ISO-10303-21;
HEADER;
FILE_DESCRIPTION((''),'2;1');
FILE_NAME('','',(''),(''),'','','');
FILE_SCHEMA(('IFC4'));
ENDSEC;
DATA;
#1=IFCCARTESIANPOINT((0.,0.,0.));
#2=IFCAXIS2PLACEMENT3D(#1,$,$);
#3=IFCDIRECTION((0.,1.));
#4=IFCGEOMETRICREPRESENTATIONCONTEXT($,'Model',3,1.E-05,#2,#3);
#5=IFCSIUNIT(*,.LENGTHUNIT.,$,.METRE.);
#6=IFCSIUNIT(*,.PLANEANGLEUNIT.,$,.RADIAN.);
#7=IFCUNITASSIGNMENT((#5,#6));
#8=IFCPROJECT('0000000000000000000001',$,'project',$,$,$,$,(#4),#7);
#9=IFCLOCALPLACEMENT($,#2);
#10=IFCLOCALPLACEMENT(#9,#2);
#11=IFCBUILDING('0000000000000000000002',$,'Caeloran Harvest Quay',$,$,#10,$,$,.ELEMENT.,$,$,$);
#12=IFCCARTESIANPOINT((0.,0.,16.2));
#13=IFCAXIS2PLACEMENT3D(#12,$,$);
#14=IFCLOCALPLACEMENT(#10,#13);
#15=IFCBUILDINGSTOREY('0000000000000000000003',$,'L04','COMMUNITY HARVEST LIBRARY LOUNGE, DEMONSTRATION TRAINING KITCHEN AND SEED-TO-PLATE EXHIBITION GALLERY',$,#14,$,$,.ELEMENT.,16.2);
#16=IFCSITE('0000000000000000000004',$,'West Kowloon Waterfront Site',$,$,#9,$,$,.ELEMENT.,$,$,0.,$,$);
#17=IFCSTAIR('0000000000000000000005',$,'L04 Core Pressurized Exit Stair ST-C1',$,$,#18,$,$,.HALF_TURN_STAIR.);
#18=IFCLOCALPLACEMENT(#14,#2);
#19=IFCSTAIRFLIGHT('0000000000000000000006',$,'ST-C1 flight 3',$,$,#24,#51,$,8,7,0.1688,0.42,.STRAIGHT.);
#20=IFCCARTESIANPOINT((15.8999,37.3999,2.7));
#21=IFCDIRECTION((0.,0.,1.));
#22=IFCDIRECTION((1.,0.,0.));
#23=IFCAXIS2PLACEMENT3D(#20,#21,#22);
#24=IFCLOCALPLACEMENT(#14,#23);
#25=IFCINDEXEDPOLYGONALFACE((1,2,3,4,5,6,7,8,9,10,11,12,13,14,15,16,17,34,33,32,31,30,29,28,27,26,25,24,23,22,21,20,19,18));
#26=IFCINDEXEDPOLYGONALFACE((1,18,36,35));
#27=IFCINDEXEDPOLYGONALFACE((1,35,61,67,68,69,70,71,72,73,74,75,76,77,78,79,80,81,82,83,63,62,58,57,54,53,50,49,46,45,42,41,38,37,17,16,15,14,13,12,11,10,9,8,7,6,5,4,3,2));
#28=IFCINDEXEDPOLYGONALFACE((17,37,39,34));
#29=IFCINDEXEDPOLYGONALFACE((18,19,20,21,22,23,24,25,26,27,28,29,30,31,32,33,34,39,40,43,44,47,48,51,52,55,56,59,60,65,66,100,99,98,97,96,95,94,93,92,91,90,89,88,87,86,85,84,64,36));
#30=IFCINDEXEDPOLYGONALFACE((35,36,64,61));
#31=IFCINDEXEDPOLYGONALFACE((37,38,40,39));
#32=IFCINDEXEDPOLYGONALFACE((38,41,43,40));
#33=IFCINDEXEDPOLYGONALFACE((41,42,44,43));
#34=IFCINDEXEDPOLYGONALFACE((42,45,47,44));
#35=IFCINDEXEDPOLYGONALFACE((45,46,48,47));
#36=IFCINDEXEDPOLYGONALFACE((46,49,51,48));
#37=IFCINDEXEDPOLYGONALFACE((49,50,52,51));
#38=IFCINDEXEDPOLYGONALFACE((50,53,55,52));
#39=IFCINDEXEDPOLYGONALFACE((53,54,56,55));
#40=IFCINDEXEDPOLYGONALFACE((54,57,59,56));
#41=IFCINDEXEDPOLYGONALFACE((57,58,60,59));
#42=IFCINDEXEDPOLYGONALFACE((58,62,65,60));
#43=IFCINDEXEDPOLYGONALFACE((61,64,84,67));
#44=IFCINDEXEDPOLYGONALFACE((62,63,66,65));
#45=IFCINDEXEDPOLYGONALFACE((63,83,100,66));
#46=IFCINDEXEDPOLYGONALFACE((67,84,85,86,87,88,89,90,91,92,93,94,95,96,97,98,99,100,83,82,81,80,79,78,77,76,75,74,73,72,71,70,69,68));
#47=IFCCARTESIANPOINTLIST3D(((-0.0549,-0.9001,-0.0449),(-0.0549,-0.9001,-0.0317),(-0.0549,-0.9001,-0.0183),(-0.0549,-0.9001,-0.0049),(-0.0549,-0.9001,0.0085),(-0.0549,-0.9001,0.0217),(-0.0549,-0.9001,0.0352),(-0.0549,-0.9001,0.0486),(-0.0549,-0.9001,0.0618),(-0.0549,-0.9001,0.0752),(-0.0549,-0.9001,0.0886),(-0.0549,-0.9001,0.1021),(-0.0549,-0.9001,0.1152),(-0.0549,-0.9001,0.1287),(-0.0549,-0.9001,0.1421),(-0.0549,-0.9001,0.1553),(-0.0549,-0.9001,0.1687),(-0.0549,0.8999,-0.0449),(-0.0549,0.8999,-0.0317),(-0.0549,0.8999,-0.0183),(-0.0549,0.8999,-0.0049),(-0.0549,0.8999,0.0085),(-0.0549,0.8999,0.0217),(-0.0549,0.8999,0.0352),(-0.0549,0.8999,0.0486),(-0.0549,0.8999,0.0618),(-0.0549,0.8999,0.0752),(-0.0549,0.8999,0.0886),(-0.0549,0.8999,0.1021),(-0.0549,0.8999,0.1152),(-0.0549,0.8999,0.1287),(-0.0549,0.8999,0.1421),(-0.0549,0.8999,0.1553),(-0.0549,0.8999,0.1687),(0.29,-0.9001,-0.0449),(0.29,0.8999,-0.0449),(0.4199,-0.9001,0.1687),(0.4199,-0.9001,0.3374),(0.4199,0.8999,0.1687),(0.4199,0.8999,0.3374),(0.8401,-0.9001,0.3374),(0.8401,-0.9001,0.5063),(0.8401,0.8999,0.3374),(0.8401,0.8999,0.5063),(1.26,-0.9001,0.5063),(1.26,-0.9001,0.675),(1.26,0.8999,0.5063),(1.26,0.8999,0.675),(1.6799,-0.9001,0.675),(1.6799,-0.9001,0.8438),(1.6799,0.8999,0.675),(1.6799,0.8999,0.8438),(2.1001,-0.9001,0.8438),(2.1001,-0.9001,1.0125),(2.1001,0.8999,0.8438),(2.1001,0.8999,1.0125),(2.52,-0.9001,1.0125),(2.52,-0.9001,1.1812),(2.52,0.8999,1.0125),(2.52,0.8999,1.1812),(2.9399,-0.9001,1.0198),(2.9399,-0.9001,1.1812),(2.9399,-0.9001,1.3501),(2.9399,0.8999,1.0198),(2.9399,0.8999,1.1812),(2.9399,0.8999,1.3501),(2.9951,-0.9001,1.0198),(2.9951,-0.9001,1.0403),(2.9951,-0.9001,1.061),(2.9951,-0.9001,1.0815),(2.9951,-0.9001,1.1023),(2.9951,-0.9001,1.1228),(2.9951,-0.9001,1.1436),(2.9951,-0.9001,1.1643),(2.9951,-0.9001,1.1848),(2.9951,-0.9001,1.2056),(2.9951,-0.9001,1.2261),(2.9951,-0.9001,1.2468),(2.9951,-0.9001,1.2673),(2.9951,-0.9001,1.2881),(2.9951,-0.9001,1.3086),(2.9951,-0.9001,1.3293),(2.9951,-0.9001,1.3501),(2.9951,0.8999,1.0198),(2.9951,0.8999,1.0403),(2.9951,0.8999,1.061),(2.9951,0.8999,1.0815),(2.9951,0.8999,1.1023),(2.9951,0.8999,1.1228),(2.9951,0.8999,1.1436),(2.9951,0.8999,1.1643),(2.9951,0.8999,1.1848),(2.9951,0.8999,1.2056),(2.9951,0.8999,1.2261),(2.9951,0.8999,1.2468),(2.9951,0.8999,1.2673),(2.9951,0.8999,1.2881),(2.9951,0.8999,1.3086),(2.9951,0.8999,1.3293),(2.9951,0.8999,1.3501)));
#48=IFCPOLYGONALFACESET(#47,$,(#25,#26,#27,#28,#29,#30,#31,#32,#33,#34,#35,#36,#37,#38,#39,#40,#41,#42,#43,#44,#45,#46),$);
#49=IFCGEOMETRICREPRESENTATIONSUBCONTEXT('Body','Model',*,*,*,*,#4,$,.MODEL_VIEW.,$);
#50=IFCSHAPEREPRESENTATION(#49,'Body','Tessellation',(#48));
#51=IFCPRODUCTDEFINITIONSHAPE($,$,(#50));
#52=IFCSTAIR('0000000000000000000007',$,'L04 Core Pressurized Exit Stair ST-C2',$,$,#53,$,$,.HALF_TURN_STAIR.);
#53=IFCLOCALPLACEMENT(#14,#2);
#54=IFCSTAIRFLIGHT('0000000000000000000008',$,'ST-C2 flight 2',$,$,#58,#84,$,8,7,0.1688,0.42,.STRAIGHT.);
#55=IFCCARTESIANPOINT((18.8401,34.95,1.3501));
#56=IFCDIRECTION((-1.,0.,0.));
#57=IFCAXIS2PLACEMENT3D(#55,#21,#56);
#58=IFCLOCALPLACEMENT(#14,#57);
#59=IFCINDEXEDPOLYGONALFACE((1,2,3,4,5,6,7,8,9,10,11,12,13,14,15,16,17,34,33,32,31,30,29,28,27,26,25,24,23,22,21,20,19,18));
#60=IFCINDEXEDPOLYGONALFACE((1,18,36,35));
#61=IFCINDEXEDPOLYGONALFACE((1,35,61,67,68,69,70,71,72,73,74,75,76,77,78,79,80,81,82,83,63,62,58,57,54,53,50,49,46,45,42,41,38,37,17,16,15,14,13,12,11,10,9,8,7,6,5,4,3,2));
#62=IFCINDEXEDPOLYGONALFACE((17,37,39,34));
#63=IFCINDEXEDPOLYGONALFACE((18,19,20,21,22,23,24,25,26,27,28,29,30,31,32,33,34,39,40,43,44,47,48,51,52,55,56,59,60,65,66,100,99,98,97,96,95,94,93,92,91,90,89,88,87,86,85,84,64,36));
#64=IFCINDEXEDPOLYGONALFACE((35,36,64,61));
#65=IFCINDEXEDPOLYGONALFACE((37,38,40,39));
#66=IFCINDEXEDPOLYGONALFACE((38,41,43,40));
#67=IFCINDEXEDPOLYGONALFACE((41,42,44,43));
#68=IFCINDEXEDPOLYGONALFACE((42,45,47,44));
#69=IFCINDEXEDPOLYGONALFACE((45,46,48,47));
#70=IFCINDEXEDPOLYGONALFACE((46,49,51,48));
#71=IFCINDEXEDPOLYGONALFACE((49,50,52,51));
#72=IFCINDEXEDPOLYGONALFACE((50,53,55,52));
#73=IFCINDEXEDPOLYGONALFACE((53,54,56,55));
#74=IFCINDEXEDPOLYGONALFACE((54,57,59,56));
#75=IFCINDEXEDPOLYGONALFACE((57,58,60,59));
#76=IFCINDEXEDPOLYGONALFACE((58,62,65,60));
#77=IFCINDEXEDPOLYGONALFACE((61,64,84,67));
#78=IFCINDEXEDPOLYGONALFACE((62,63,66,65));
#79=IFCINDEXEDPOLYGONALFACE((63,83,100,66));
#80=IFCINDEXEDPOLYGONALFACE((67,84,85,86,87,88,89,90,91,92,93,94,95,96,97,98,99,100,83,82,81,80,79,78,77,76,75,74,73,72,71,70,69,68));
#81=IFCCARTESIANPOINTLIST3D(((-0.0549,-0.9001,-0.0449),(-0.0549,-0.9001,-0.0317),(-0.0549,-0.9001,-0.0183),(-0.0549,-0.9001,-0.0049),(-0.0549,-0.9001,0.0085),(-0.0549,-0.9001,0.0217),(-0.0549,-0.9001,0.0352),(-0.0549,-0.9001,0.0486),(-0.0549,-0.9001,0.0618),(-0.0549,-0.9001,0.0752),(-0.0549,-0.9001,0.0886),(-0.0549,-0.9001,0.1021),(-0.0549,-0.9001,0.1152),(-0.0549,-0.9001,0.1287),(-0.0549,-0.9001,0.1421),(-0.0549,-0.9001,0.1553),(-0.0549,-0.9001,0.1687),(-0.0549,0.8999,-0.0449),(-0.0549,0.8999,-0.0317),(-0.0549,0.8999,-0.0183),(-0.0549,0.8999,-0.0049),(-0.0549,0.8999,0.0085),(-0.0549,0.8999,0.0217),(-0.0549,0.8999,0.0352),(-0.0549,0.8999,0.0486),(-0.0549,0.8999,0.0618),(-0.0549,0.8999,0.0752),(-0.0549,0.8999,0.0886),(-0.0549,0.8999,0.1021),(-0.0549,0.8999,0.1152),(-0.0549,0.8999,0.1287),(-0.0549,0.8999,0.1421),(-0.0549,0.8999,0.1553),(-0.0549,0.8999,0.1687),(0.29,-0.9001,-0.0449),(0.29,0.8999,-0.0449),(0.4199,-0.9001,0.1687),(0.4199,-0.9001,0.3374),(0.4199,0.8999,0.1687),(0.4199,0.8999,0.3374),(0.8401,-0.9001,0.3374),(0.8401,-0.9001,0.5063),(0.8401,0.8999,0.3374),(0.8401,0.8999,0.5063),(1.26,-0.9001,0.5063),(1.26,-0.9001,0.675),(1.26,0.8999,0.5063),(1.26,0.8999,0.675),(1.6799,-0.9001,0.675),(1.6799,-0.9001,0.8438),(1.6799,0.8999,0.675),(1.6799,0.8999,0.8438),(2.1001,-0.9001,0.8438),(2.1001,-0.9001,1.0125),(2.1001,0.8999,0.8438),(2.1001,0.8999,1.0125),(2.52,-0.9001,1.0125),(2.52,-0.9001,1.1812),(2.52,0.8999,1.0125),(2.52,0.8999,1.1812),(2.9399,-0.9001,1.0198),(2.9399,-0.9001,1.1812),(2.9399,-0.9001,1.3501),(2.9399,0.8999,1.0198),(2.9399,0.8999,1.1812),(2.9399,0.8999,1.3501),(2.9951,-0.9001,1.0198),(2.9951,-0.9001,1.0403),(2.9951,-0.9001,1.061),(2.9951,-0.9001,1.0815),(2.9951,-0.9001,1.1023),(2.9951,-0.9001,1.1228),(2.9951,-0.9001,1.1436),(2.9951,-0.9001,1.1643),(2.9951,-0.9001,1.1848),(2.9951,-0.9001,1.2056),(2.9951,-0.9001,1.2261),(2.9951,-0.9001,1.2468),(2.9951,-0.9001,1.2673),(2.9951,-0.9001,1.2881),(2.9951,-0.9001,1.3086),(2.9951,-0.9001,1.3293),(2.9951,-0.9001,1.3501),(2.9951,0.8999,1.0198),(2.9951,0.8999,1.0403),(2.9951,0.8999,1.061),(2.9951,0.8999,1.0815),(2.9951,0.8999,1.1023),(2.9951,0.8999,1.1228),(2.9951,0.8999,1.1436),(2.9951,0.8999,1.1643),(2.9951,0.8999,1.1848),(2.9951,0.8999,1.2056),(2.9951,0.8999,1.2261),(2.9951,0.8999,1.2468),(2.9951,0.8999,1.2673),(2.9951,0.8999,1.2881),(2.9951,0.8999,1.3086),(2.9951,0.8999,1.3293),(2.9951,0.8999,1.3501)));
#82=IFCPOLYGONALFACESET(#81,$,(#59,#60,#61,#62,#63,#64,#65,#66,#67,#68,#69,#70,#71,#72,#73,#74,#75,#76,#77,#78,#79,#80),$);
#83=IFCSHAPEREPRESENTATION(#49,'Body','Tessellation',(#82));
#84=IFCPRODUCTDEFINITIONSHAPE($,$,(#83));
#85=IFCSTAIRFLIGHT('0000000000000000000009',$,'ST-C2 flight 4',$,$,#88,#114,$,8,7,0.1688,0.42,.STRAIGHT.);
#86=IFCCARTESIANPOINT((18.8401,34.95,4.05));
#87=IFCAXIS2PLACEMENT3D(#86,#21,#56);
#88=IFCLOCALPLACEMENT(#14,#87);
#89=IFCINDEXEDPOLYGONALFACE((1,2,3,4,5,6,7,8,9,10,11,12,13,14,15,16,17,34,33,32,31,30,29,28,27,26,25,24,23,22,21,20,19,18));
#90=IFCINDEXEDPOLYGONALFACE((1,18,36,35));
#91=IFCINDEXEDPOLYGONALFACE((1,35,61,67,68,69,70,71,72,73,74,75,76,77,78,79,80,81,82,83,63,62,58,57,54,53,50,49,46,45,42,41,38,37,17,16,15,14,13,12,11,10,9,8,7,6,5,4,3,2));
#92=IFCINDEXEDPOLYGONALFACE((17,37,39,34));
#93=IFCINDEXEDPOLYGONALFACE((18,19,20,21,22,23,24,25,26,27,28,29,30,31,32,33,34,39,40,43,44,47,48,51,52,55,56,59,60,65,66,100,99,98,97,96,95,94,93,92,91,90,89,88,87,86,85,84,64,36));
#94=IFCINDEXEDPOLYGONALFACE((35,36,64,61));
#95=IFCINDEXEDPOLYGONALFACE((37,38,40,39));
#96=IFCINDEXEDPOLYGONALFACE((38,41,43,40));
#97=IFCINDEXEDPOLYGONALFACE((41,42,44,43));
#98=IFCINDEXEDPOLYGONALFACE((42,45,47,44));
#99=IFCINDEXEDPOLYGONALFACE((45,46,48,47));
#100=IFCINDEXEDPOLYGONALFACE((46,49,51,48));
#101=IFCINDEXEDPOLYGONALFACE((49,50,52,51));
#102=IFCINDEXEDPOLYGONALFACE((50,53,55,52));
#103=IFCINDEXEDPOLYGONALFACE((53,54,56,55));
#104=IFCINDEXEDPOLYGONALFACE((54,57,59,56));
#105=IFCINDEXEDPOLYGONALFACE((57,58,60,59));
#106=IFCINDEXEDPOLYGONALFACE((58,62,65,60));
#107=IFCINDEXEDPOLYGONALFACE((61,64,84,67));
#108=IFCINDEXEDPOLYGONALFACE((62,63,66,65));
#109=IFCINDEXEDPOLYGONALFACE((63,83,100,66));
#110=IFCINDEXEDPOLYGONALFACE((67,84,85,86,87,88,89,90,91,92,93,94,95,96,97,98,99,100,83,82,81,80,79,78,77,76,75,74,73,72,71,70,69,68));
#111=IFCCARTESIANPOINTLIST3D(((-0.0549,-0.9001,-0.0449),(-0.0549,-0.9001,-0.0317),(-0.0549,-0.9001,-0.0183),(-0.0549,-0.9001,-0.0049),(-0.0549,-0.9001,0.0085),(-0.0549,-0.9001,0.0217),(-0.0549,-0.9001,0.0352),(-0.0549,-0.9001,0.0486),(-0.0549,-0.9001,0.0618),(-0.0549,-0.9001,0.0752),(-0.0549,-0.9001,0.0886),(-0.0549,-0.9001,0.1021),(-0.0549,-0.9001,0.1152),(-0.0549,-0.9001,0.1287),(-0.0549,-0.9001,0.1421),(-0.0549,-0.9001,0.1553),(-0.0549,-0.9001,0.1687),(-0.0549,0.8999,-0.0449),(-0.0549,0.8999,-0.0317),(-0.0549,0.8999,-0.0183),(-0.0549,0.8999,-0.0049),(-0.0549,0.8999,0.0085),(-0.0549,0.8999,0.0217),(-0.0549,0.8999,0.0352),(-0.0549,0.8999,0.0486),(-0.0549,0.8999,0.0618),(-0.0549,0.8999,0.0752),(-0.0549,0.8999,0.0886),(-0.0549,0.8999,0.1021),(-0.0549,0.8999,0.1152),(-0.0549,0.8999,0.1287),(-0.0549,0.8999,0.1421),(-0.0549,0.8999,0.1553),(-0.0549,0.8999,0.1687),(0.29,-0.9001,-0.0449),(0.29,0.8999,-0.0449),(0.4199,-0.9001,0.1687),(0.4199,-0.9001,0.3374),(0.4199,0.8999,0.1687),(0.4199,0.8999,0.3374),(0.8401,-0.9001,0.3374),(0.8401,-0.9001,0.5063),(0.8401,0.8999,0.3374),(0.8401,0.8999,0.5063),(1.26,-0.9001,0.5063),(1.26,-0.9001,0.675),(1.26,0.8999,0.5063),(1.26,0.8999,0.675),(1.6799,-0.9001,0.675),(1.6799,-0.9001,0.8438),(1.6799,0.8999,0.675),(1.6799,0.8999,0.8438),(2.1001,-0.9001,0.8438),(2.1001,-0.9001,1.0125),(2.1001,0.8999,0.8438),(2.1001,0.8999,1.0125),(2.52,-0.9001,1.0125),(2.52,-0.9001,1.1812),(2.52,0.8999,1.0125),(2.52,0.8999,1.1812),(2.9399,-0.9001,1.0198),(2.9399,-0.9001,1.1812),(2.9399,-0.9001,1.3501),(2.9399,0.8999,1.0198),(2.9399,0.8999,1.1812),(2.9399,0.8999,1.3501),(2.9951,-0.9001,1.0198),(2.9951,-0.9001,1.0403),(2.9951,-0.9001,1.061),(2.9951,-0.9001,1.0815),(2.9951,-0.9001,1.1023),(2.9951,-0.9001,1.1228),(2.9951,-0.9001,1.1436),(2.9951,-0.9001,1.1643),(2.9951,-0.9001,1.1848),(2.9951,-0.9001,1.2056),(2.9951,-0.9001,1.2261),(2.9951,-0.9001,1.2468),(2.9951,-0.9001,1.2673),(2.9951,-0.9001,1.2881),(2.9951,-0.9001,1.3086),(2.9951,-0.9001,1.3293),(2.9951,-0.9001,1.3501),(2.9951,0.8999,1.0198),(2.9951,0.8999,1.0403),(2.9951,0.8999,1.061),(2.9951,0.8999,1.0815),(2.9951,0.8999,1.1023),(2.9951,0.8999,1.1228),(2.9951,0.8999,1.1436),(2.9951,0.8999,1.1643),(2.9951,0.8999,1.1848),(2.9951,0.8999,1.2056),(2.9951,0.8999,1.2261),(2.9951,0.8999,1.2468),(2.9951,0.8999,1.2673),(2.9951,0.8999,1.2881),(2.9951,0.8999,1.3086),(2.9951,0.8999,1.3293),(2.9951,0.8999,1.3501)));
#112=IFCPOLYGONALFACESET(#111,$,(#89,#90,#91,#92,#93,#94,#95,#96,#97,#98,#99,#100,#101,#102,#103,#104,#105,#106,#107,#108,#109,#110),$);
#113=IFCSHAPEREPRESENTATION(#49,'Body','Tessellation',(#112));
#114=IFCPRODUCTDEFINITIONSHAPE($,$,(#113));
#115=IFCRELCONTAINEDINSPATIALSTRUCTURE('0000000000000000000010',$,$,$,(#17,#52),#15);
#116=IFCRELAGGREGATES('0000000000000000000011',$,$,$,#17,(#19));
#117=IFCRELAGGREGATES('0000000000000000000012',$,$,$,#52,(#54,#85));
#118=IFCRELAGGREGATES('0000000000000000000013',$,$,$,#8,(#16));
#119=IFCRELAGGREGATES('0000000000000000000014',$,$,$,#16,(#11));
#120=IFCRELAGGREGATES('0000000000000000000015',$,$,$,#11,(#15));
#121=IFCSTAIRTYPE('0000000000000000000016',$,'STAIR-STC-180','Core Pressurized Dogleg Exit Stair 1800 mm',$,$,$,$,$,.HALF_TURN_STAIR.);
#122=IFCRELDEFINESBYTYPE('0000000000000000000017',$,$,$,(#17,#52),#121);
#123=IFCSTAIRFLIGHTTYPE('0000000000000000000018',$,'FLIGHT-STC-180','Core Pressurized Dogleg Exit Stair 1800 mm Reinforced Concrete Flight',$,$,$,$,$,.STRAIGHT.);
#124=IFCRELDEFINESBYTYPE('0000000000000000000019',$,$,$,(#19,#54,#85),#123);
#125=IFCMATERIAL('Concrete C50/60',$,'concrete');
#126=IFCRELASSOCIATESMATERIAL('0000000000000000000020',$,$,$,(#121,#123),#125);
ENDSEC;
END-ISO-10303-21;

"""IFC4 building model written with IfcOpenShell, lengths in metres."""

from ifc_helpers import new_model, si_unit, direction, frame, origin, place, context, subcontext, project, spatial, polyline, outline, extrude, material, type_object, element, aggregate, save


model = new_model("IFC4")

# Units and contexts
model_context = context("Model", 3, precision=1e-05, world=origin(), true_north=direction((0.0, 1.0)))
body_context = subcontext(model_context, "Body", "Model", "MODEL_VIEW")
ifc_project = project(units=[si_unit("LENGTHUNIT", "METRE"), si_unit("PLANEANGLEUNIT", "RADIAN")], contexts=[model_context])

# Site, building, storey
site_placement = place(None, origin())
site = spatial("IfcSite", under=ifc_project, at=site_placement, Name="West Kowloon Waterfront Site", CompositionType="ELEMENT", RefElevation=0.0)
building_placement = place(site_placement, origin())
building = spatial("IfcBuilding", under=site, at=building_placement, Name="Caeloran Harvest Quay", CompositionType="ELEMENT")
storey_placement = place(building_placement, frame((0.0, 0.0, 16.2)))
storey = spatial("IfcBuildingStorey", under=building, at=storey_placement, Name="L04", Description="COMMUNITY HARVEST LIBRARY LOUNGE, DEMONSTRATION TRAINING KITCHEN AND SEED-TO-PLATE EXHIBITION GALLERY", CompositionType="ELEMENT", Elevation=16.2)

# Shared definitions
ifc_material_1 = material(Name="Concrete C50/60", Category="concrete")

# Stairs, stair flights
stair_type = type_object("IfcStairType", Name="STAIR-STC-180", Description="Core Pressurized Dogleg Exit Stair 1800 mm", PredefinedType="HALF_TURN_STAIR", material=ifc_material_1)
stair_1_placement = place(storey_placement, origin())
stair_1 = element("IfcStair", 1, at=stair_1_placement, inside=storey, type_object=stair_type, Name="L04 Core Pressurized Exit Stair ST-C1", PredefinedType="HALF_TURN_STAIR")
stair_flight_type = type_object("IfcStairFlightType", Name="FLIGHT-STC-180", Description="Core Pressurized Dogleg Exit Stair 1800 mm Reinforced Concrete Flight", PredefinedType="STRAIGHT", material=ifc_material_1)
stair_flight_1_placement = place(storey_placement, frame((15.8999, 37.3999, 2.7), z_axis=(0.0, 0.0, 1.0), x_axis=(1.0, 0.0, 0.0)))
stair_flight_1 = element("IfcStairFlight", 2, at=stair_flight_1_placement, type_object=stair_flight_type, Name="ST-C1 flight 3", NumberOfRisers=8, NumberOfTreads=7, PredefinedType="STRAIGHT", RiserHeight=0.1688, TreadLength=0.42, context=body_context, shape_type="SweptSolid", body=[
    extrude(outline(polyline([(-0.0549, -0.0449), (-0.0549, -0.0317), (-0.0549, -0.0183), (-0.0549, -0.0049), (-0.0549, 0.0085), (-0.0549, 0.0217), (-0.0549, 0.0352), (-0.0549, 0.0486), (-0.0549, 0.0618), (-0.0549, 0.0752), (-0.0549, 0.0886), (-0.0549, 0.1021), (-0.0549, 0.1152), (-0.0549, 0.1287), (-0.0549, 0.1421), (-0.0549, 0.1553), (-0.0549, 0.1687), (0.4199, 0.1687), (0.4199, 0.3374), (0.8401, 0.3374), (0.8401, 0.5063), (1.26, 0.5063), (1.26, 0.675), (1.6799, 0.675), (1.6799, 0.8438), (2.1001, 0.8438), (2.1001, 1.0125), (2.52, 1.0125), (2.52, 1.1812), (2.9399, 1.1812), (2.9399, 1.3501), (2.9951, 1.3501), (2.9951, 1.3293), (2.9951, 1.3086), (2.9951, 1.2881), (2.9951, 1.2673), (2.9951, 1.2468), (2.9951, 1.2261), (2.9951, 1.2056), (2.9951, 1.1848), (2.9951, 1.1643), (2.9951, 1.1436), (2.9951, 1.1228), (2.9951, 1.1023), (2.9951, 1.0815), (2.9951, 1.061), (2.9951, 1.0403), (2.9951, 1.0198), (2.9399, 1.0198), (0.29, -0.0449), (-0.0549, -0.0449)])), frame((0.0, 0.8999, 0.0), z_axis=(0.0, -1.0, 0.0), x_axis=(1.0, 0.0, 0.0)), (0.0, 0.0, 1.0), 1.8),
])
aggregate(stair_1, [stair_flight_1])
stair_2_placement = place(storey_placement, origin())
stair_2 = element("IfcStair", 3, at=stair_2_placement, inside=storey, type_object=stair_type, Name="L04 Core Pressurized Exit Stair ST-C2", PredefinedType="HALF_TURN_STAIR")
stair_flight_2_placement = place(storey_placement, frame((18.8401, 34.95, 1.3501), z_axis=(0.0, 0.0, 1.0), x_axis=(-1.0, 0.0, 0.0)))
stair_flight_2 = element("IfcStairFlight", 4, at=stair_flight_2_placement, type_object=stair_flight_type, Name="ST-C2 flight 2", NumberOfRisers=8, NumberOfTreads=7, PredefinedType="STRAIGHT", RiserHeight=0.1688, TreadLength=0.42, context=body_context, shape_type="SweptSolid", body=[
    extrude(outline(polyline([(-0.0549, -0.0449), (-0.0549, -0.0317), (-0.0549, -0.0183), (-0.0549, -0.0049), (-0.0549, 0.0085), (-0.0549, 0.0217), (-0.0549, 0.0352), (-0.0549, 0.0486), (-0.0549, 0.0618), (-0.0549, 0.0752), (-0.0549, 0.0886), (-0.0549, 0.1021), (-0.0549, 0.1152), (-0.0549, 0.1287), (-0.0549, 0.1421), (-0.0549, 0.1553), (-0.0549, 0.1687), (0.4199, 0.1687), (0.4199, 0.3374), (0.8401, 0.3374), (0.8401, 0.5063), (1.26, 0.5063), (1.26, 0.675), (1.6799, 0.675), (1.6799, 0.8438), (2.1001, 0.8438), (2.1001, 1.0125), (2.52, 1.0125), (2.52, 1.1812), (2.9399, 1.1812), (2.9399, 1.3501), (2.9951, 1.3501), (2.9951, 1.3293), (2.9951, 1.3086), (2.9951, 1.2881), (2.9951, 1.2673), (2.9951, 1.2468), (2.9951, 1.2261), (2.9951, 1.2056), (2.9951, 1.1848), (2.9951, 1.1643), (2.9951, 1.1436), (2.9951, 1.1228), (2.9951, 1.1023), (2.9951, 1.0815), (2.9951, 1.061), (2.9951, 1.0403), (2.9951, 1.0198), (2.9399, 1.0198), (0.29, -0.0449), (-0.0549, -0.0449)])), frame((0.0, 0.8999, 0.0), z_axis=(0.0, -1.0, 0.0), x_axis=(1.0, 0.0, 0.0)), (0.0, 0.0, 1.0), 1.8),
])
stair_flight_3_placement = place(storey_placement, frame((18.8401, 34.95, 4.05), z_axis=(0.0, 0.0, 1.0), x_axis=(-1.0, 0.0, 0.0)))
stair_flight_3 = element("IfcStairFlight", 5, at=stair_flight_3_placement, type_object=stair_flight_type, Name="ST-C2 flight 4", NumberOfRisers=8, NumberOfTreads=7, PredefinedType="STRAIGHT", RiserHeight=0.1688, TreadLength=0.42, context=body_context, shape_type="SweptSolid", body=[
    extrude(outline(polyline([(-0.0549, -0.0449), (-0.0549, -0.0317), (-0.0549, -0.0183), (-0.0549, -0.0049), (-0.0549, 0.0085), (-0.0549, 0.0217), (-0.0549, 0.0352), (-0.0549, 0.0486), (-0.0549, 0.0618), (-0.0549, 0.0752), (-0.0549, 0.0886), (-0.0549, 0.1021), (-0.0549, 0.1152), (-0.0549, 0.1287), (-0.0549, 0.1421), (-0.0549, 0.1553), (-0.0549, 0.1687), (0.4199, 0.1687), (0.4199, 0.3374), (0.8401, 0.3374), (0.8401, 0.5063), (1.26, 0.5063), (1.26, 0.675), (1.6799, 0.675), (1.6799, 0.8438), (2.1001, 0.8438), (2.1001, 1.0125), (2.52, 1.0125), (2.52, 1.1812), (2.9399, 1.1812), (2.9399, 1.3501), (2.9951, 1.3501), (2.9951, 1.3293), (2.9951, 1.3086), (2.9951, 1.2881), (2.9951, 1.2673), (2.9951, 1.2468), (2.9951, 1.2261), (2.9951, 1.2056), (2.9951, 1.1848), (2.9951, 1.1643), (2.9951, 1.1436), (2.9951, 1.1228), (2.9951, 1.1023), (2.9951, 1.0815), (2.9951, 1.061), (2.9951, 1.0403), (2.9951, 1.0198), (2.9399, 1.0198), (0.29, -0.0449), (-0.0549, -0.0449)])), frame((0.0, 0.8999, 0.0), z_axis=(0.0, -1.0, 0.0), x_axis=(1.0, 0.0, 0.0)), (0.0, 0.0, 1.0), 1.8),
])
aggregate(stair_2, [stair_flight_2, stair_flight_3])

save(model, "model.ifc")
